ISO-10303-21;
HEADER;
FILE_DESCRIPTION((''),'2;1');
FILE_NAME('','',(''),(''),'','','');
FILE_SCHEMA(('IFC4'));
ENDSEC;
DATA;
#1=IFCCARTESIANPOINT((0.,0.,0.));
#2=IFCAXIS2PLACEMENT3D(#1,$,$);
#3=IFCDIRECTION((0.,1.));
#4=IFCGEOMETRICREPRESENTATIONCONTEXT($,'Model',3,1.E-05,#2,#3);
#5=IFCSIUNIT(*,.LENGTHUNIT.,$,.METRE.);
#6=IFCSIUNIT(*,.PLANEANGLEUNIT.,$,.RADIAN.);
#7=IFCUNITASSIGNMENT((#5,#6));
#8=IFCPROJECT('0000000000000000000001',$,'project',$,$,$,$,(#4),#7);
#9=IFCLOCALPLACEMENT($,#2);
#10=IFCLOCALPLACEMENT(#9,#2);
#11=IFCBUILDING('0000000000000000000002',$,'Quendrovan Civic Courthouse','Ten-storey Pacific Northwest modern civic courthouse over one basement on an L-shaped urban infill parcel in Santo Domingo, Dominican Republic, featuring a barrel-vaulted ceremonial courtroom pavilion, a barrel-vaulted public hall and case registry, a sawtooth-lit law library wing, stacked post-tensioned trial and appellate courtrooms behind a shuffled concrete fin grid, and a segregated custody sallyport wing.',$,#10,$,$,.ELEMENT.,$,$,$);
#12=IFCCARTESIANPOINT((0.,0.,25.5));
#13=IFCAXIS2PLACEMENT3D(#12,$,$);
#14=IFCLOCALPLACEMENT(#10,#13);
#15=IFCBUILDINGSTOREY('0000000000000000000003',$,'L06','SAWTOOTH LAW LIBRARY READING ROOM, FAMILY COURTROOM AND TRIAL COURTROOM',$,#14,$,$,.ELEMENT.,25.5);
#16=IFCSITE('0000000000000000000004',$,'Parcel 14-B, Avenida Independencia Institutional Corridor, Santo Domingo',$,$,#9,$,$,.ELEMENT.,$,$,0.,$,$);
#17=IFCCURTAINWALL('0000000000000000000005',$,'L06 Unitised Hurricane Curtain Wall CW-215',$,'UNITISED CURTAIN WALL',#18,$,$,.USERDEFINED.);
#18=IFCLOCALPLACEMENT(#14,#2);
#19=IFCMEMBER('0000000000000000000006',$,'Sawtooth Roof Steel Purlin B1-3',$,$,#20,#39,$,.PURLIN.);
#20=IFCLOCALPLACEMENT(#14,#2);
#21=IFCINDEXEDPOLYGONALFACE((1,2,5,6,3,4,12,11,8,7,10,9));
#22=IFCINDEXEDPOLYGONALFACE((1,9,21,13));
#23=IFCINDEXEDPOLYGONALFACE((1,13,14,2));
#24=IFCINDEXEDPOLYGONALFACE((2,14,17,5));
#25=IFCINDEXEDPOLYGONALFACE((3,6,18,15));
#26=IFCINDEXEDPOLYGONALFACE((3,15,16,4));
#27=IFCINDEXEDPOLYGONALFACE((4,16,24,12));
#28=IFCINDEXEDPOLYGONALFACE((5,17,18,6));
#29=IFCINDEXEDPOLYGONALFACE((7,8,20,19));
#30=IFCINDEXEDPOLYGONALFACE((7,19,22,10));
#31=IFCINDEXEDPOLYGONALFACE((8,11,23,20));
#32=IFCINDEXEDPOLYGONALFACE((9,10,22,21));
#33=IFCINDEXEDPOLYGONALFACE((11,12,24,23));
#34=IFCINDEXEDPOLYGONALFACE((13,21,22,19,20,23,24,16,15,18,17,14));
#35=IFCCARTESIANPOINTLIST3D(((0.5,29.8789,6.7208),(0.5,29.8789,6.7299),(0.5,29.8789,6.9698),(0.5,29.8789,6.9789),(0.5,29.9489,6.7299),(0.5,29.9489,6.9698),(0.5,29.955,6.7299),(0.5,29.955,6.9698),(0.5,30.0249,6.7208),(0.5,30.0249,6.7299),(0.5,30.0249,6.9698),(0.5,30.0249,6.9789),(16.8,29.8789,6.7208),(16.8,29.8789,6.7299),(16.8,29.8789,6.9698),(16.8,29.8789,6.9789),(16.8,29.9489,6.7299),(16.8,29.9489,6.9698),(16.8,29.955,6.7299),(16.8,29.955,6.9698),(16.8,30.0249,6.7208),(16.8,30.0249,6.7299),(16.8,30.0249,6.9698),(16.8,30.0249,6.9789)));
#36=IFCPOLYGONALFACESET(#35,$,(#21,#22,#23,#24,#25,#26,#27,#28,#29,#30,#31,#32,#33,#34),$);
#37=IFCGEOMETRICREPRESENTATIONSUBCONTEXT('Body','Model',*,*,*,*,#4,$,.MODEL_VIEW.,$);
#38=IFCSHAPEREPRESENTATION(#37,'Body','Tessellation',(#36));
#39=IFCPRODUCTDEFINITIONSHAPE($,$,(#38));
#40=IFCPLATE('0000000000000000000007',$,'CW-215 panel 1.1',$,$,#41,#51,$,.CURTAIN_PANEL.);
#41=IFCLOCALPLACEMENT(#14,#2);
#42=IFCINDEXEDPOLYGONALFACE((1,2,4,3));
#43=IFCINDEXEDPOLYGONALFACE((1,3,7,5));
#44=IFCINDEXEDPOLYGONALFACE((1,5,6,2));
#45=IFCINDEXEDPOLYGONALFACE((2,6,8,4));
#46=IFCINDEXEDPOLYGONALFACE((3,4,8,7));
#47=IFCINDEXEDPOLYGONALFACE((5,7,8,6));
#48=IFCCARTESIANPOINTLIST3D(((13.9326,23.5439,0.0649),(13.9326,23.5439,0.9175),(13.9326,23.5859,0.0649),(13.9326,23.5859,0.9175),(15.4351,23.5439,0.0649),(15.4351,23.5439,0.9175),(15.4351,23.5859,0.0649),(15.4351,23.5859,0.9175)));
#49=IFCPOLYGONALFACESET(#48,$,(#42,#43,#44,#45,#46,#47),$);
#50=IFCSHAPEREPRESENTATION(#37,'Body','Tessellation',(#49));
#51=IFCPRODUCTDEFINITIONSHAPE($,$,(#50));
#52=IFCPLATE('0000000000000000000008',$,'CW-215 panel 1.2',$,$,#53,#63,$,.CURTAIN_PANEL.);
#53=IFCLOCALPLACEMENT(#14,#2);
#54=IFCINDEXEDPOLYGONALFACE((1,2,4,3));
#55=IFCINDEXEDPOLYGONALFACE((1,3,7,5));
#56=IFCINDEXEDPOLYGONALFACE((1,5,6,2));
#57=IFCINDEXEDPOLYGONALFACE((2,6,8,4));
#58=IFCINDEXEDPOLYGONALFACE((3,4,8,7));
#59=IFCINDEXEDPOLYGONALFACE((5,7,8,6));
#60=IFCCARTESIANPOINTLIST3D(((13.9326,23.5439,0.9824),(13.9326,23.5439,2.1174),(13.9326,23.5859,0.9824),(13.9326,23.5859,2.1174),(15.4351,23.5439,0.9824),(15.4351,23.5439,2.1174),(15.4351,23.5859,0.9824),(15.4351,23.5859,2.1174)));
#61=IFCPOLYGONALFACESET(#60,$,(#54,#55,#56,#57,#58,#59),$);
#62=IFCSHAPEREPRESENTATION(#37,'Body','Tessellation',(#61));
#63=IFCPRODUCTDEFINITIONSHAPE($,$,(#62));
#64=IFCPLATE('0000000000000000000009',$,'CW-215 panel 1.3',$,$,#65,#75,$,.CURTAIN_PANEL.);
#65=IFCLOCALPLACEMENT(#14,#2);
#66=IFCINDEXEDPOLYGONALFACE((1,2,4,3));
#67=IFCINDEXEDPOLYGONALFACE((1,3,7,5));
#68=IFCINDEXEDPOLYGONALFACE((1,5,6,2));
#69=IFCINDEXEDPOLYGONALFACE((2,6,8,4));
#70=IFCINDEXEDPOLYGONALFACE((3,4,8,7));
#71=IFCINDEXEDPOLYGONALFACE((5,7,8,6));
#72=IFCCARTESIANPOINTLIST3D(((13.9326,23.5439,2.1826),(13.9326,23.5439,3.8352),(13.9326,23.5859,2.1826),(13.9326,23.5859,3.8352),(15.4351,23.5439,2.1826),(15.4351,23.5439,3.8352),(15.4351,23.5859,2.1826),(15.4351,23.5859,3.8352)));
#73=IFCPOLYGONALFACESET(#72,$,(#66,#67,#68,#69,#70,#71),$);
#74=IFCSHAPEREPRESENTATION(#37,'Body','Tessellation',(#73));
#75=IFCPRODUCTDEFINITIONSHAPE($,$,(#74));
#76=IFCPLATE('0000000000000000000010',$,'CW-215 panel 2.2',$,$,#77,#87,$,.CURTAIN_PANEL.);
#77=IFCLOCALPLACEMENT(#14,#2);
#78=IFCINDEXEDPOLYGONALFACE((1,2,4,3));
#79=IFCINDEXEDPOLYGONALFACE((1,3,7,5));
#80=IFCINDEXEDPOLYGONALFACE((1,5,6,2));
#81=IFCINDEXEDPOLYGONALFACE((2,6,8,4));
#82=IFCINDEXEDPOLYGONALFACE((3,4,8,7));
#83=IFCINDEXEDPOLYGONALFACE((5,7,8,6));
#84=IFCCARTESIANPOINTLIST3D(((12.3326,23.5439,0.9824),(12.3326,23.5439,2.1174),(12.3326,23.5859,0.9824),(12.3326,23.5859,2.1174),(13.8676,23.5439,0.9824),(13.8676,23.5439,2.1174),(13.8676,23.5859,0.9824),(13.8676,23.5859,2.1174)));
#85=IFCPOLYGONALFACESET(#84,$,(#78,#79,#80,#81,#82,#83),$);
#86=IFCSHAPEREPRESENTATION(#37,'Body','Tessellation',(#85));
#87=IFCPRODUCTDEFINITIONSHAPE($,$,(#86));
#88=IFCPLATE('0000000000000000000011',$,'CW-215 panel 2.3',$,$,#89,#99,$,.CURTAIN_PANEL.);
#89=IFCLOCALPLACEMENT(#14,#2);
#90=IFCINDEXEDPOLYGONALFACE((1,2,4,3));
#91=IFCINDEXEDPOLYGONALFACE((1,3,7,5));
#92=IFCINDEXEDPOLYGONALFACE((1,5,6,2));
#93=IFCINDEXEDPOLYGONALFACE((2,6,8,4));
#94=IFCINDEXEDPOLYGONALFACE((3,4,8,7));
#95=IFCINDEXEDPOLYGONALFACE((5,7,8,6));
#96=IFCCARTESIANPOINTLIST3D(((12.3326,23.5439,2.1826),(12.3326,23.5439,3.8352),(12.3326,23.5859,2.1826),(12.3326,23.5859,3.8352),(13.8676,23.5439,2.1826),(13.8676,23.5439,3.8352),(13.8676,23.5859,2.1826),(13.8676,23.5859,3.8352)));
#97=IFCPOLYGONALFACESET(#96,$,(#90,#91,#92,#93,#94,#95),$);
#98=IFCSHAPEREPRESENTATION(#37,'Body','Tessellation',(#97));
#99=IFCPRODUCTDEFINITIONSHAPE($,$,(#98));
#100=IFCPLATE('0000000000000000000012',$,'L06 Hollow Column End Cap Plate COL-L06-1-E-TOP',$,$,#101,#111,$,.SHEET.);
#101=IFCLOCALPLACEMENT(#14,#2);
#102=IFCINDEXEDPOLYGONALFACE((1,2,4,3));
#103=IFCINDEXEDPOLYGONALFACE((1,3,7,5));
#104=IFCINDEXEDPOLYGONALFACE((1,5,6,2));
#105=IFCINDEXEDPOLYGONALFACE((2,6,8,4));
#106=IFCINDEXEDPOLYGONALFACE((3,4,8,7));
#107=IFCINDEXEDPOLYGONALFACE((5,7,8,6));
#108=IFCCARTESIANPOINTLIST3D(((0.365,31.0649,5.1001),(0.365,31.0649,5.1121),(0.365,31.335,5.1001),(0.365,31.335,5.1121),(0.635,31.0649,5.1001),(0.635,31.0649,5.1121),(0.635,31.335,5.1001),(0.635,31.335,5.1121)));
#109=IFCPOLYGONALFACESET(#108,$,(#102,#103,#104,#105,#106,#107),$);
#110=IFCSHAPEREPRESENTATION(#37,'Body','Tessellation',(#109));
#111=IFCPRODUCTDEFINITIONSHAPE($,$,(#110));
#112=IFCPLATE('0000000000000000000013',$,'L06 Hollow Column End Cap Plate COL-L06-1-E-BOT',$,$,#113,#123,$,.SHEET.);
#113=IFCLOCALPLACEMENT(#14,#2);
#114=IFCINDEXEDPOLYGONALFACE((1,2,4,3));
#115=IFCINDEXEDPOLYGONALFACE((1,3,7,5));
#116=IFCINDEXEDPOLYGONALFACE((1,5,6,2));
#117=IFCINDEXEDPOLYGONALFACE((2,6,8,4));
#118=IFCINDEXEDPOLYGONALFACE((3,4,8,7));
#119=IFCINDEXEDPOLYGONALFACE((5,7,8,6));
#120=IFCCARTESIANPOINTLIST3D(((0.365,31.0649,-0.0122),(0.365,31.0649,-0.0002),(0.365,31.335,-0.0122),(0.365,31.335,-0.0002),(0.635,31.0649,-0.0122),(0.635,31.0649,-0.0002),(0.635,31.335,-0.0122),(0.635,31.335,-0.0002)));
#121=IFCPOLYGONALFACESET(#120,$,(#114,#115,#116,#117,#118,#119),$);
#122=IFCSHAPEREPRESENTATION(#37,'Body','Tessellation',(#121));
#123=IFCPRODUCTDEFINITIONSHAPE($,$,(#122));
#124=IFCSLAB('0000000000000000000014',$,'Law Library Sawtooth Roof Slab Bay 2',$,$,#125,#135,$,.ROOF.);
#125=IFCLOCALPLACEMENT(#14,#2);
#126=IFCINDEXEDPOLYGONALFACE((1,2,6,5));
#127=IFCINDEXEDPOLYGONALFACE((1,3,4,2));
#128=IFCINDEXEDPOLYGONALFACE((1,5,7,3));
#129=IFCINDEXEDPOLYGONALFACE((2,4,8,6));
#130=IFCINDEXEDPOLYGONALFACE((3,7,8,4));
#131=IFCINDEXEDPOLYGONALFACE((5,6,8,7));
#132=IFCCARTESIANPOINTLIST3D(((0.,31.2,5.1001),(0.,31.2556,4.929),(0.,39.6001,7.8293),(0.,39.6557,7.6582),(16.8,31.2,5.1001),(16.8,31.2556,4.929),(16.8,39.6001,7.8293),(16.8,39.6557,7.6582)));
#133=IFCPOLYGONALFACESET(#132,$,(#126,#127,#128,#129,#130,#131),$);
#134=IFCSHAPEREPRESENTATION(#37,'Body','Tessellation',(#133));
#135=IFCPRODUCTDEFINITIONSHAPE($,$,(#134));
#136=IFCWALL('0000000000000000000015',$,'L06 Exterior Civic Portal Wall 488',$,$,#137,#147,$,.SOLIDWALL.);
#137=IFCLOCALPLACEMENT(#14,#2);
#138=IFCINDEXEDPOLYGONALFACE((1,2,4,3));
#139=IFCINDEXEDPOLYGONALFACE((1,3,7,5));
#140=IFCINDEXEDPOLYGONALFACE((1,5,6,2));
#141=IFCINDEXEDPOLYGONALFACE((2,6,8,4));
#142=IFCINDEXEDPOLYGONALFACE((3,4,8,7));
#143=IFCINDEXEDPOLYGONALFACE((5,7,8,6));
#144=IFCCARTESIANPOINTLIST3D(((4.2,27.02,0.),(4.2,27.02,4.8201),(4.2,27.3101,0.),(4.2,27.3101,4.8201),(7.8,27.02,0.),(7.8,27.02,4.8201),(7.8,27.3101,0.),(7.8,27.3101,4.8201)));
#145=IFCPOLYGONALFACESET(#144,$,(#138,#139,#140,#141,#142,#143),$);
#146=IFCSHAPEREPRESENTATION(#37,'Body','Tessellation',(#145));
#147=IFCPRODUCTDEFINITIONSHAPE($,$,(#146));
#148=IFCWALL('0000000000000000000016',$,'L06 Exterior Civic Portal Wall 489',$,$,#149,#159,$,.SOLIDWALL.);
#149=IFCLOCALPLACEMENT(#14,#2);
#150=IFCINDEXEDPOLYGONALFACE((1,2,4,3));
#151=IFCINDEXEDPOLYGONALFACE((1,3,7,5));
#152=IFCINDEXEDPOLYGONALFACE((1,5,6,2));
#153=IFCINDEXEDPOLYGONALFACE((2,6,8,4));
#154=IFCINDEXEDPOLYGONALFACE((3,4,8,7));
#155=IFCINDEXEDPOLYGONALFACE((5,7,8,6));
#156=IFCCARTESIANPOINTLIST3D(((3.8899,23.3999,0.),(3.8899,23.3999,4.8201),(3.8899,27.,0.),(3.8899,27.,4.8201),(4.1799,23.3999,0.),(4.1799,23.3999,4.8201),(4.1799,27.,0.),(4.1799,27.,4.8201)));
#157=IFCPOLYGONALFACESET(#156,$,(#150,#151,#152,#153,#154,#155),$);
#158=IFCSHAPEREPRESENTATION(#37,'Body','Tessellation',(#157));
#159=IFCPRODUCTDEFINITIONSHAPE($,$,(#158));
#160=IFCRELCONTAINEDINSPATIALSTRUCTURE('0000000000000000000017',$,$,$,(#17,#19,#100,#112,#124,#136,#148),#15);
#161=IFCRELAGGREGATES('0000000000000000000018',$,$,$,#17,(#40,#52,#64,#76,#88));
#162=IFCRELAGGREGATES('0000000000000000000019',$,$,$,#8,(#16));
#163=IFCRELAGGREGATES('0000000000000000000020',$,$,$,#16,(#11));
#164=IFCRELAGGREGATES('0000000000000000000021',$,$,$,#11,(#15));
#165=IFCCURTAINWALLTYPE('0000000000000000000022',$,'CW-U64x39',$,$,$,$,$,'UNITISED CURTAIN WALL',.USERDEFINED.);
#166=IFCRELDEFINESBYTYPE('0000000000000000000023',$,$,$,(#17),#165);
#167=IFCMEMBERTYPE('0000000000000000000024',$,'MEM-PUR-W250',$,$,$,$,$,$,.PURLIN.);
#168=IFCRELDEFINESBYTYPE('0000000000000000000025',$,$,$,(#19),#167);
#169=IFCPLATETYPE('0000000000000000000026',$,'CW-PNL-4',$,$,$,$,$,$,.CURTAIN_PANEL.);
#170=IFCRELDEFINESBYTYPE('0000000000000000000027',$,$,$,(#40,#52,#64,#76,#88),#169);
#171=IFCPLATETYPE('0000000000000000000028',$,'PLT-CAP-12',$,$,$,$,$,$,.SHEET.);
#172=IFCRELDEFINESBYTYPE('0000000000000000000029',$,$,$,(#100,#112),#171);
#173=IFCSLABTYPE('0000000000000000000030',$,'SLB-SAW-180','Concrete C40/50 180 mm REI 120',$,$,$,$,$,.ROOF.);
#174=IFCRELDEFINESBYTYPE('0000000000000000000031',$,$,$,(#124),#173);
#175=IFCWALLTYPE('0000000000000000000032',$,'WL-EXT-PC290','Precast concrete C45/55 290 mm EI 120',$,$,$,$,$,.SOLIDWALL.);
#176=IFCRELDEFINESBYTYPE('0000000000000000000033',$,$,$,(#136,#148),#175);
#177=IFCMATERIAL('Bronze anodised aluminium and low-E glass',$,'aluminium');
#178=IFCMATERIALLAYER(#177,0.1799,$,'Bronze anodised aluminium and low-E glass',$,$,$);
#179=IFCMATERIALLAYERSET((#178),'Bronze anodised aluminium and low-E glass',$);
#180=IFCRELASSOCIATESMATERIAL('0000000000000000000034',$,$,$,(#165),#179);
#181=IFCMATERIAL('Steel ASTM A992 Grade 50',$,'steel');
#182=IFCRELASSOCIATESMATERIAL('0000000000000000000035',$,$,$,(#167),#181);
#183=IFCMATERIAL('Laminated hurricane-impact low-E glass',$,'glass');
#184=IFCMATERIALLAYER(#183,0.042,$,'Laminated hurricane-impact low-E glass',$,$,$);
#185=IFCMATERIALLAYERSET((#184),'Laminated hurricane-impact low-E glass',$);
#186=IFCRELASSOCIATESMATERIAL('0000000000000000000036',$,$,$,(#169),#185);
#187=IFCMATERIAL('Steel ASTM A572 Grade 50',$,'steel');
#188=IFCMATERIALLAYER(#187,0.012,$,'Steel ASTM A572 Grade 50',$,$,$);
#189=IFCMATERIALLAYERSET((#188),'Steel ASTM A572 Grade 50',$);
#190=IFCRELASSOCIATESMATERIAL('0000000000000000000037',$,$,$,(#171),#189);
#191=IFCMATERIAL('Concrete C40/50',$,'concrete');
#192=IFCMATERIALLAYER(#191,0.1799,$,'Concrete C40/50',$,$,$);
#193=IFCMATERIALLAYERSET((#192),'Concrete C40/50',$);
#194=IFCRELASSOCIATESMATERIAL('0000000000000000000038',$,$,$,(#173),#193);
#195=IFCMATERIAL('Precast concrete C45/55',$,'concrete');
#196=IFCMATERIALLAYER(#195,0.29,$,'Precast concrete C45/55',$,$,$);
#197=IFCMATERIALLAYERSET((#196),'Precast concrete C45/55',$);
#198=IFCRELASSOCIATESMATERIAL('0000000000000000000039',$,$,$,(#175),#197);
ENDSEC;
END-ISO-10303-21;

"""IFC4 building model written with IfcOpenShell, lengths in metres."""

from ifc_helpers import new_model, si_unit, direction, frame, frame_2d, origin, origin_2d, place, context, subcontext, project, spatial, polyline, rectangle, i_section, outline, extrude, material, layer, layer_set, material_profile, profile_set, type_object, element, aggregate, save


model = new_model("IFC4")

# Units and contexts
model_context = context("Model", 3, precision=1e-05, world=origin(), true_north=direction((0.0, 1.0)))
body_context = subcontext(model_context, "Body", "Model", "MODEL_VIEW")
ifc_project = project(units=[si_unit("LENGTHUNIT", "METRE"), si_unit("PLANEANGLEUNIT", "RADIAN")], contexts=[model_context])

# Site, building, storey
site_placement = place(None, origin())
site = spatial("IfcSite", under=ifc_project, at=site_placement, Name="Parcel 14-B, Avenida Independencia Institutional Corridor, Santo Domingo", CompositionType="ELEMENT", RefElevation=0.0)
building_placement = place(site_placement, origin())
building = spatial("IfcBuilding", under=site, at=building_placement, Name="Quendrovan Civic Courthouse", Description="Ten-storey Pacific Northwest modern civic courthouse over one basement on an L-shaped urban infill parcel in Santo Domingo, Dominican Republic, featuring a barrel-vaulted ceremonial courtroom pavilion, a barrel-vaulted public hall and case registry, a sawtooth-lit law library wing, stacked post-tensioned trial and appellate courtrooms behind a shuffled concrete fin grid, and a segregated custody sallyport wing.", CompositionType="ELEMENT")
storey_placement = place(building_placement, frame((0.0, 0.0, 25.5)))
storey = spatial("IfcBuildingStorey", under=building, at=storey_placement, Name="L06", Description="SAWTOOTH LAW LIBRARY READING ROOM, FAMILY COURTROOM AND TRIAL COURTROOM", CompositionType="ELEMENT", Elevation=25.5)

# Curtain wall
ifc_material_1 = material(Name="Bronze anodised aluminium and low-E glass", Category="aluminium")
ifc_layer_1 = layer(ifc_material_1, 0.1799, Name="Bronze anodised aluminium and low-E glass")
ifc_layer_set_1 = layer_set([ifc_layer_1], Name="Bronze anodised aluminium and low-E glass")
curtain_wall_type = type_object("IfcCurtainWallType", Name="CW-U64x39", ElementType="UNITISED CURTAIN WALL", PredefinedType="USERDEFINED", material=ifc_layer_set_1)
curtain_wall_placement = place(storey_placement, origin())
curtain_wall = element("IfcCurtainWall", 1, at=curtain_wall_placement, inside=storey, type_object=curtain_wall_type, Name="L06 Unitised Hurricane Curtain Wall CW-215", ObjectType="UNITISED CURTAIN WALL", PredefinedType="USERDEFINED")

# Member
ifc_material_2 = material(Name="Steel ASTM A992 Grade 50", Category="steel")
ifc_material_profile_1 = material_profile(ifc_material_2, i_section(OverallWidth=0.146, OverallDepth=0.2581, WebThickness=0.0061, FlangeThickness=0.009, at=origin_2d()), Name="W250x33")
ifc_profile_set_1 = profile_set([ifc_material_profile_1], Name="Steel ASTM A992 Grade 50")
member_type_1 = type_object("IfcMemberType", Name="MEM-PUR-W250", PredefinedType="PURLIN", material=ifc_profile_set_1)
for number, where, z_axis, x_axis, name in (
    (2, (0.5, 29.9519, 6.8499), (1.0, 0.0, 0.0), (0.0, 1.0, 0.0), "Sawtooth Roof Steel Purlin B1-3"),
):
    element("IfcMember", number, at=place(storey_placement, frame(where, z_axis=z_axis, x_axis=x_axis)), inside=storey, type_object=member_type_1, Name=name, PredefinedType="PURLIN", context=body_context, shape_type="SweptSolid", body=[
        extrude(i_section(OverallWidth=0.146, OverallDepth=0.2581, WebThickness=0.0061, FlangeThickness=0.009, at=origin_2d()), origin(), (0.0, 0.0, 1.0), 16.3),
    ])

# Plates
ifc_material_3 = material(Name="Laminated hurricane-impact low-E glass", Category="glass")
ifc_layer_2 = layer(ifc_material_3, 0.042, Name="Laminated hurricane-impact low-E glass")
ifc_layer_set_2 = layer_set([ifc_layer_2], Name="Laminated hurricane-impact low-E glass")
plate_type_1 = type_object("IfcPlateType", Name="CW-PNL-4", PredefinedType="CURTAIN_PANEL", material=ifc_layer_set_2)
plate_1_placement = place(storey_placement, frame((14.6838, 23.5649, 0.0649), z_axis=(0.0, 0.0, 1.0), x_axis=(-1.0, 0.0, 0.0)))
plate_1 = element("IfcPlate", 3, at=plate_1_placement, type_object=plate_type_1, Name="CW-215 panel 1.1", PredefinedType="CURTAIN_PANEL", context=body_context, shape_type="SweptSolid", body=[
    extrude(rectangle(XDim=1.5024, YDim=0.042, at=origin_2d()), origin(), (0.0, 0.0, 1.0), 0.8525),
])
plate_2_placement = place(storey_placement, frame((14.6838, 23.5649, 0.9824), z_axis=(0.0, 0.0, 1.0), x_axis=(-1.0, 0.0, 0.0)))
plate_2 = element("IfcPlate", 4, at=plate_2_placement, type_object=plate_type_1, Name="CW-215 panel 1.2", PredefinedType="CURTAIN_PANEL", context=body_context, shape_type="SweptSolid", body=[
    extrude(rectangle(XDim=1.5024, YDim=0.042, at=origin_2d()), origin(), (0.0, 0.0, 1.0), 1.135),
])
plate_3_placement = place(storey_placement, frame((14.6838, 23.5649, 2.1826), z_axis=(0.0, 0.0, 1.0), x_axis=(-1.0, 0.0, 0.0)))
plate_3 = element("IfcPlate", 5, at=plate_3_placement, type_object=plate_type_1, Name="CW-215 panel 1.3", PredefinedType="CURTAIN_PANEL", context=body_context, shape_type="SweptSolid", body=[
    extrude(rectangle(XDim=1.5024, YDim=0.042, at=origin_2d()), origin(), (0.0, 0.0, 1.0), 1.6526),
])
plate_4_placement = place(storey_placement, frame((13.1001, 23.5649, 0.9824), z_axis=(0.0, 0.0, 1.0), x_axis=(-1.0, 0.0, 0.0)))
plate_4 = element("IfcPlate", 6, at=plate_4_placement, type_object=plate_type_1, Name="CW-215 panel 2.2", PredefinedType="CURTAIN_PANEL", context=body_context, shape_type="SweptSolid", body=[
    extrude(rectangle(XDim=1.5349, YDim=0.042, at=origin_2d()), origin(), (0.0, 0.0, 1.0), 1.135),
])
plate_5_placement = place(storey_placement, frame((13.1001, 23.5649, 2.1826), z_axis=(0.0, 0.0, 1.0), x_axis=(-1.0, 0.0, 0.0)))
plate_5 = element("IfcPlate", 7, at=plate_5_placement, type_object=plate_type_1, Name="CW-215 panel 2.3", PredefinedType="CURTAIN_PANEL", context=body_context, shape_type="SweptSolid", body=[
    extrude(rectangle(XDim=1.5349, YDim=0.042, at=origin_2d()), origin(), (0.0, 0.0, 1.0), 1.6526),
])
aggregate(curtain_wall, [plate_1, plate_2, plate_3, plate_4, plate_5])

# Plates
ifc_material_4 = material(Name="Steel ASTM A572 Grade 50", Category="steel")
ifc_layer_3 = layer(ifc_material_4, 0.012, Name="Steel ASTM A572 Grade 50")
ifc_layer_set_3 = layer_set([ifc_layer_3], Name="Steel ASTM A572 Grade 50")
plate_type_2 = type_object("IfcPlateType", Name="PLT-CAP-12", PredefinedType="SHEET", material=ifc_layer_set_3)
for number, where, z_axis, x_axis, name in (
    (8, (0.5, 31.2, 5.1001), (0.0, 0.0, 1.0), (1.0, 0.0, 0.0), "L06 Hollow Column End Cap Plate COL-L06-1-E-TOP"),
    (9, (0.5, 31.2, -0.0122), (0.0, 0.0, 1.0), (1.0, 0.0, 0.0), "L06 Hollow Column End Cap Plate COL-L06-1-E-BOT"),
):
    element("IfcPlate", number, at=place(storey_placement, frame(where, z_axis=z_axis, x_axis=x_axis)), inside=storey, type_object=plate_type_2, Name=name, PredefinedType="SHEET", context=body_context, shape_type="SweptSolid", body=[
        extrude(rectangle(XDim=0.27, YDim=0.27, at=origin_2d()), origin(), (0.0, 0.0, 1.0), 0.012),
    ])

# Slab
ifc_material_5 = material(Name="Concrete C40/50", Category="concrete")
ifc_layer_4 = layer(ifc_material_5, 0.1799, Name="Concrete C40/50")
ifc_layer_set_4 = layer_set([ifc_layer_4], Name="Concrete C40/50")
slab_type = type_object("IfcSlabType", Name="SLB-SAW-180", Description="Concrete C40/50 180 mm REI 120", PredefinedType="ROOF", material=ifc_layer_set_4)
slab_placement = place(storey_placement, frame((0.0, 31.2, 5.1001), z_axis=(0.0, -0.309004, 0.951061), x_axis=(1.0, 0.0, 0.0)))
element("IfcSlab", 10, at=slab_placement, inside=storey, type_object=slab_type, Name="Law Library Sawtooth Roof Slab Bay 2", PredefinedType="ROOF", context=body_context, shape_type="SweptSolid", body=[
    extrude(outline(polyline([(0.0, 0.0), (16.8, 0.0), (16.8, 8.8324), (0.0, 8.8324), (0.0, 0.0)])), origin(), (0.0, 0.0, -1.0), 0.1799),
])

# Walls
ifc_material_6 = material(Name="Precast concrete C45/55", Category="concrete")
ifc_layer_5 = layer(ifc_material_6, 0.29, Name="Precast concrete C45/55")
ifc_layer_set_5 = layer_set([ifc_layer_5], Name="Precast concrete C45/55")
wall_type_1 = type_object("IfcWallType", Name="WL-EXT-PC290", Description="Precast concrete C45/55 290 mm EI 120", PredefinedType="SOLIDWALL", material=ifc_layer_set_5)
for number, where, z_axis, x_axis, name in (
    (11, (7.8, 27.165, 0.0), (0.0, 0.0, 1.0), (-1.0, 0.0, 0.0), "L06 Exterior Civic Portal Wall 488"),
    (12, (4.0349, 27.0, 0.0), (0.0, 0.0, 1.0), (0.0, -1.0, 0.0), "L06 Exterior Civic Portal Wall 489"),
):
    element("IfcWall", number, at=place(storey_placement, frame(where, z_axis=z_axis, x_axis=x_axis)), inside=storey, type_object=wall_type_1, Name=name, PredefinedType="SOLIDWALL", context=body_context, shape_type="SweptSolid", body=[
        extrude(rectangle(XDim=3.6001, YDim=0.29, at=frame_2d((1.8, 0.0))), origin(), (0.0, 0.0, 1.0), 4.8201),
    ])

save(model, "model.ifc")
